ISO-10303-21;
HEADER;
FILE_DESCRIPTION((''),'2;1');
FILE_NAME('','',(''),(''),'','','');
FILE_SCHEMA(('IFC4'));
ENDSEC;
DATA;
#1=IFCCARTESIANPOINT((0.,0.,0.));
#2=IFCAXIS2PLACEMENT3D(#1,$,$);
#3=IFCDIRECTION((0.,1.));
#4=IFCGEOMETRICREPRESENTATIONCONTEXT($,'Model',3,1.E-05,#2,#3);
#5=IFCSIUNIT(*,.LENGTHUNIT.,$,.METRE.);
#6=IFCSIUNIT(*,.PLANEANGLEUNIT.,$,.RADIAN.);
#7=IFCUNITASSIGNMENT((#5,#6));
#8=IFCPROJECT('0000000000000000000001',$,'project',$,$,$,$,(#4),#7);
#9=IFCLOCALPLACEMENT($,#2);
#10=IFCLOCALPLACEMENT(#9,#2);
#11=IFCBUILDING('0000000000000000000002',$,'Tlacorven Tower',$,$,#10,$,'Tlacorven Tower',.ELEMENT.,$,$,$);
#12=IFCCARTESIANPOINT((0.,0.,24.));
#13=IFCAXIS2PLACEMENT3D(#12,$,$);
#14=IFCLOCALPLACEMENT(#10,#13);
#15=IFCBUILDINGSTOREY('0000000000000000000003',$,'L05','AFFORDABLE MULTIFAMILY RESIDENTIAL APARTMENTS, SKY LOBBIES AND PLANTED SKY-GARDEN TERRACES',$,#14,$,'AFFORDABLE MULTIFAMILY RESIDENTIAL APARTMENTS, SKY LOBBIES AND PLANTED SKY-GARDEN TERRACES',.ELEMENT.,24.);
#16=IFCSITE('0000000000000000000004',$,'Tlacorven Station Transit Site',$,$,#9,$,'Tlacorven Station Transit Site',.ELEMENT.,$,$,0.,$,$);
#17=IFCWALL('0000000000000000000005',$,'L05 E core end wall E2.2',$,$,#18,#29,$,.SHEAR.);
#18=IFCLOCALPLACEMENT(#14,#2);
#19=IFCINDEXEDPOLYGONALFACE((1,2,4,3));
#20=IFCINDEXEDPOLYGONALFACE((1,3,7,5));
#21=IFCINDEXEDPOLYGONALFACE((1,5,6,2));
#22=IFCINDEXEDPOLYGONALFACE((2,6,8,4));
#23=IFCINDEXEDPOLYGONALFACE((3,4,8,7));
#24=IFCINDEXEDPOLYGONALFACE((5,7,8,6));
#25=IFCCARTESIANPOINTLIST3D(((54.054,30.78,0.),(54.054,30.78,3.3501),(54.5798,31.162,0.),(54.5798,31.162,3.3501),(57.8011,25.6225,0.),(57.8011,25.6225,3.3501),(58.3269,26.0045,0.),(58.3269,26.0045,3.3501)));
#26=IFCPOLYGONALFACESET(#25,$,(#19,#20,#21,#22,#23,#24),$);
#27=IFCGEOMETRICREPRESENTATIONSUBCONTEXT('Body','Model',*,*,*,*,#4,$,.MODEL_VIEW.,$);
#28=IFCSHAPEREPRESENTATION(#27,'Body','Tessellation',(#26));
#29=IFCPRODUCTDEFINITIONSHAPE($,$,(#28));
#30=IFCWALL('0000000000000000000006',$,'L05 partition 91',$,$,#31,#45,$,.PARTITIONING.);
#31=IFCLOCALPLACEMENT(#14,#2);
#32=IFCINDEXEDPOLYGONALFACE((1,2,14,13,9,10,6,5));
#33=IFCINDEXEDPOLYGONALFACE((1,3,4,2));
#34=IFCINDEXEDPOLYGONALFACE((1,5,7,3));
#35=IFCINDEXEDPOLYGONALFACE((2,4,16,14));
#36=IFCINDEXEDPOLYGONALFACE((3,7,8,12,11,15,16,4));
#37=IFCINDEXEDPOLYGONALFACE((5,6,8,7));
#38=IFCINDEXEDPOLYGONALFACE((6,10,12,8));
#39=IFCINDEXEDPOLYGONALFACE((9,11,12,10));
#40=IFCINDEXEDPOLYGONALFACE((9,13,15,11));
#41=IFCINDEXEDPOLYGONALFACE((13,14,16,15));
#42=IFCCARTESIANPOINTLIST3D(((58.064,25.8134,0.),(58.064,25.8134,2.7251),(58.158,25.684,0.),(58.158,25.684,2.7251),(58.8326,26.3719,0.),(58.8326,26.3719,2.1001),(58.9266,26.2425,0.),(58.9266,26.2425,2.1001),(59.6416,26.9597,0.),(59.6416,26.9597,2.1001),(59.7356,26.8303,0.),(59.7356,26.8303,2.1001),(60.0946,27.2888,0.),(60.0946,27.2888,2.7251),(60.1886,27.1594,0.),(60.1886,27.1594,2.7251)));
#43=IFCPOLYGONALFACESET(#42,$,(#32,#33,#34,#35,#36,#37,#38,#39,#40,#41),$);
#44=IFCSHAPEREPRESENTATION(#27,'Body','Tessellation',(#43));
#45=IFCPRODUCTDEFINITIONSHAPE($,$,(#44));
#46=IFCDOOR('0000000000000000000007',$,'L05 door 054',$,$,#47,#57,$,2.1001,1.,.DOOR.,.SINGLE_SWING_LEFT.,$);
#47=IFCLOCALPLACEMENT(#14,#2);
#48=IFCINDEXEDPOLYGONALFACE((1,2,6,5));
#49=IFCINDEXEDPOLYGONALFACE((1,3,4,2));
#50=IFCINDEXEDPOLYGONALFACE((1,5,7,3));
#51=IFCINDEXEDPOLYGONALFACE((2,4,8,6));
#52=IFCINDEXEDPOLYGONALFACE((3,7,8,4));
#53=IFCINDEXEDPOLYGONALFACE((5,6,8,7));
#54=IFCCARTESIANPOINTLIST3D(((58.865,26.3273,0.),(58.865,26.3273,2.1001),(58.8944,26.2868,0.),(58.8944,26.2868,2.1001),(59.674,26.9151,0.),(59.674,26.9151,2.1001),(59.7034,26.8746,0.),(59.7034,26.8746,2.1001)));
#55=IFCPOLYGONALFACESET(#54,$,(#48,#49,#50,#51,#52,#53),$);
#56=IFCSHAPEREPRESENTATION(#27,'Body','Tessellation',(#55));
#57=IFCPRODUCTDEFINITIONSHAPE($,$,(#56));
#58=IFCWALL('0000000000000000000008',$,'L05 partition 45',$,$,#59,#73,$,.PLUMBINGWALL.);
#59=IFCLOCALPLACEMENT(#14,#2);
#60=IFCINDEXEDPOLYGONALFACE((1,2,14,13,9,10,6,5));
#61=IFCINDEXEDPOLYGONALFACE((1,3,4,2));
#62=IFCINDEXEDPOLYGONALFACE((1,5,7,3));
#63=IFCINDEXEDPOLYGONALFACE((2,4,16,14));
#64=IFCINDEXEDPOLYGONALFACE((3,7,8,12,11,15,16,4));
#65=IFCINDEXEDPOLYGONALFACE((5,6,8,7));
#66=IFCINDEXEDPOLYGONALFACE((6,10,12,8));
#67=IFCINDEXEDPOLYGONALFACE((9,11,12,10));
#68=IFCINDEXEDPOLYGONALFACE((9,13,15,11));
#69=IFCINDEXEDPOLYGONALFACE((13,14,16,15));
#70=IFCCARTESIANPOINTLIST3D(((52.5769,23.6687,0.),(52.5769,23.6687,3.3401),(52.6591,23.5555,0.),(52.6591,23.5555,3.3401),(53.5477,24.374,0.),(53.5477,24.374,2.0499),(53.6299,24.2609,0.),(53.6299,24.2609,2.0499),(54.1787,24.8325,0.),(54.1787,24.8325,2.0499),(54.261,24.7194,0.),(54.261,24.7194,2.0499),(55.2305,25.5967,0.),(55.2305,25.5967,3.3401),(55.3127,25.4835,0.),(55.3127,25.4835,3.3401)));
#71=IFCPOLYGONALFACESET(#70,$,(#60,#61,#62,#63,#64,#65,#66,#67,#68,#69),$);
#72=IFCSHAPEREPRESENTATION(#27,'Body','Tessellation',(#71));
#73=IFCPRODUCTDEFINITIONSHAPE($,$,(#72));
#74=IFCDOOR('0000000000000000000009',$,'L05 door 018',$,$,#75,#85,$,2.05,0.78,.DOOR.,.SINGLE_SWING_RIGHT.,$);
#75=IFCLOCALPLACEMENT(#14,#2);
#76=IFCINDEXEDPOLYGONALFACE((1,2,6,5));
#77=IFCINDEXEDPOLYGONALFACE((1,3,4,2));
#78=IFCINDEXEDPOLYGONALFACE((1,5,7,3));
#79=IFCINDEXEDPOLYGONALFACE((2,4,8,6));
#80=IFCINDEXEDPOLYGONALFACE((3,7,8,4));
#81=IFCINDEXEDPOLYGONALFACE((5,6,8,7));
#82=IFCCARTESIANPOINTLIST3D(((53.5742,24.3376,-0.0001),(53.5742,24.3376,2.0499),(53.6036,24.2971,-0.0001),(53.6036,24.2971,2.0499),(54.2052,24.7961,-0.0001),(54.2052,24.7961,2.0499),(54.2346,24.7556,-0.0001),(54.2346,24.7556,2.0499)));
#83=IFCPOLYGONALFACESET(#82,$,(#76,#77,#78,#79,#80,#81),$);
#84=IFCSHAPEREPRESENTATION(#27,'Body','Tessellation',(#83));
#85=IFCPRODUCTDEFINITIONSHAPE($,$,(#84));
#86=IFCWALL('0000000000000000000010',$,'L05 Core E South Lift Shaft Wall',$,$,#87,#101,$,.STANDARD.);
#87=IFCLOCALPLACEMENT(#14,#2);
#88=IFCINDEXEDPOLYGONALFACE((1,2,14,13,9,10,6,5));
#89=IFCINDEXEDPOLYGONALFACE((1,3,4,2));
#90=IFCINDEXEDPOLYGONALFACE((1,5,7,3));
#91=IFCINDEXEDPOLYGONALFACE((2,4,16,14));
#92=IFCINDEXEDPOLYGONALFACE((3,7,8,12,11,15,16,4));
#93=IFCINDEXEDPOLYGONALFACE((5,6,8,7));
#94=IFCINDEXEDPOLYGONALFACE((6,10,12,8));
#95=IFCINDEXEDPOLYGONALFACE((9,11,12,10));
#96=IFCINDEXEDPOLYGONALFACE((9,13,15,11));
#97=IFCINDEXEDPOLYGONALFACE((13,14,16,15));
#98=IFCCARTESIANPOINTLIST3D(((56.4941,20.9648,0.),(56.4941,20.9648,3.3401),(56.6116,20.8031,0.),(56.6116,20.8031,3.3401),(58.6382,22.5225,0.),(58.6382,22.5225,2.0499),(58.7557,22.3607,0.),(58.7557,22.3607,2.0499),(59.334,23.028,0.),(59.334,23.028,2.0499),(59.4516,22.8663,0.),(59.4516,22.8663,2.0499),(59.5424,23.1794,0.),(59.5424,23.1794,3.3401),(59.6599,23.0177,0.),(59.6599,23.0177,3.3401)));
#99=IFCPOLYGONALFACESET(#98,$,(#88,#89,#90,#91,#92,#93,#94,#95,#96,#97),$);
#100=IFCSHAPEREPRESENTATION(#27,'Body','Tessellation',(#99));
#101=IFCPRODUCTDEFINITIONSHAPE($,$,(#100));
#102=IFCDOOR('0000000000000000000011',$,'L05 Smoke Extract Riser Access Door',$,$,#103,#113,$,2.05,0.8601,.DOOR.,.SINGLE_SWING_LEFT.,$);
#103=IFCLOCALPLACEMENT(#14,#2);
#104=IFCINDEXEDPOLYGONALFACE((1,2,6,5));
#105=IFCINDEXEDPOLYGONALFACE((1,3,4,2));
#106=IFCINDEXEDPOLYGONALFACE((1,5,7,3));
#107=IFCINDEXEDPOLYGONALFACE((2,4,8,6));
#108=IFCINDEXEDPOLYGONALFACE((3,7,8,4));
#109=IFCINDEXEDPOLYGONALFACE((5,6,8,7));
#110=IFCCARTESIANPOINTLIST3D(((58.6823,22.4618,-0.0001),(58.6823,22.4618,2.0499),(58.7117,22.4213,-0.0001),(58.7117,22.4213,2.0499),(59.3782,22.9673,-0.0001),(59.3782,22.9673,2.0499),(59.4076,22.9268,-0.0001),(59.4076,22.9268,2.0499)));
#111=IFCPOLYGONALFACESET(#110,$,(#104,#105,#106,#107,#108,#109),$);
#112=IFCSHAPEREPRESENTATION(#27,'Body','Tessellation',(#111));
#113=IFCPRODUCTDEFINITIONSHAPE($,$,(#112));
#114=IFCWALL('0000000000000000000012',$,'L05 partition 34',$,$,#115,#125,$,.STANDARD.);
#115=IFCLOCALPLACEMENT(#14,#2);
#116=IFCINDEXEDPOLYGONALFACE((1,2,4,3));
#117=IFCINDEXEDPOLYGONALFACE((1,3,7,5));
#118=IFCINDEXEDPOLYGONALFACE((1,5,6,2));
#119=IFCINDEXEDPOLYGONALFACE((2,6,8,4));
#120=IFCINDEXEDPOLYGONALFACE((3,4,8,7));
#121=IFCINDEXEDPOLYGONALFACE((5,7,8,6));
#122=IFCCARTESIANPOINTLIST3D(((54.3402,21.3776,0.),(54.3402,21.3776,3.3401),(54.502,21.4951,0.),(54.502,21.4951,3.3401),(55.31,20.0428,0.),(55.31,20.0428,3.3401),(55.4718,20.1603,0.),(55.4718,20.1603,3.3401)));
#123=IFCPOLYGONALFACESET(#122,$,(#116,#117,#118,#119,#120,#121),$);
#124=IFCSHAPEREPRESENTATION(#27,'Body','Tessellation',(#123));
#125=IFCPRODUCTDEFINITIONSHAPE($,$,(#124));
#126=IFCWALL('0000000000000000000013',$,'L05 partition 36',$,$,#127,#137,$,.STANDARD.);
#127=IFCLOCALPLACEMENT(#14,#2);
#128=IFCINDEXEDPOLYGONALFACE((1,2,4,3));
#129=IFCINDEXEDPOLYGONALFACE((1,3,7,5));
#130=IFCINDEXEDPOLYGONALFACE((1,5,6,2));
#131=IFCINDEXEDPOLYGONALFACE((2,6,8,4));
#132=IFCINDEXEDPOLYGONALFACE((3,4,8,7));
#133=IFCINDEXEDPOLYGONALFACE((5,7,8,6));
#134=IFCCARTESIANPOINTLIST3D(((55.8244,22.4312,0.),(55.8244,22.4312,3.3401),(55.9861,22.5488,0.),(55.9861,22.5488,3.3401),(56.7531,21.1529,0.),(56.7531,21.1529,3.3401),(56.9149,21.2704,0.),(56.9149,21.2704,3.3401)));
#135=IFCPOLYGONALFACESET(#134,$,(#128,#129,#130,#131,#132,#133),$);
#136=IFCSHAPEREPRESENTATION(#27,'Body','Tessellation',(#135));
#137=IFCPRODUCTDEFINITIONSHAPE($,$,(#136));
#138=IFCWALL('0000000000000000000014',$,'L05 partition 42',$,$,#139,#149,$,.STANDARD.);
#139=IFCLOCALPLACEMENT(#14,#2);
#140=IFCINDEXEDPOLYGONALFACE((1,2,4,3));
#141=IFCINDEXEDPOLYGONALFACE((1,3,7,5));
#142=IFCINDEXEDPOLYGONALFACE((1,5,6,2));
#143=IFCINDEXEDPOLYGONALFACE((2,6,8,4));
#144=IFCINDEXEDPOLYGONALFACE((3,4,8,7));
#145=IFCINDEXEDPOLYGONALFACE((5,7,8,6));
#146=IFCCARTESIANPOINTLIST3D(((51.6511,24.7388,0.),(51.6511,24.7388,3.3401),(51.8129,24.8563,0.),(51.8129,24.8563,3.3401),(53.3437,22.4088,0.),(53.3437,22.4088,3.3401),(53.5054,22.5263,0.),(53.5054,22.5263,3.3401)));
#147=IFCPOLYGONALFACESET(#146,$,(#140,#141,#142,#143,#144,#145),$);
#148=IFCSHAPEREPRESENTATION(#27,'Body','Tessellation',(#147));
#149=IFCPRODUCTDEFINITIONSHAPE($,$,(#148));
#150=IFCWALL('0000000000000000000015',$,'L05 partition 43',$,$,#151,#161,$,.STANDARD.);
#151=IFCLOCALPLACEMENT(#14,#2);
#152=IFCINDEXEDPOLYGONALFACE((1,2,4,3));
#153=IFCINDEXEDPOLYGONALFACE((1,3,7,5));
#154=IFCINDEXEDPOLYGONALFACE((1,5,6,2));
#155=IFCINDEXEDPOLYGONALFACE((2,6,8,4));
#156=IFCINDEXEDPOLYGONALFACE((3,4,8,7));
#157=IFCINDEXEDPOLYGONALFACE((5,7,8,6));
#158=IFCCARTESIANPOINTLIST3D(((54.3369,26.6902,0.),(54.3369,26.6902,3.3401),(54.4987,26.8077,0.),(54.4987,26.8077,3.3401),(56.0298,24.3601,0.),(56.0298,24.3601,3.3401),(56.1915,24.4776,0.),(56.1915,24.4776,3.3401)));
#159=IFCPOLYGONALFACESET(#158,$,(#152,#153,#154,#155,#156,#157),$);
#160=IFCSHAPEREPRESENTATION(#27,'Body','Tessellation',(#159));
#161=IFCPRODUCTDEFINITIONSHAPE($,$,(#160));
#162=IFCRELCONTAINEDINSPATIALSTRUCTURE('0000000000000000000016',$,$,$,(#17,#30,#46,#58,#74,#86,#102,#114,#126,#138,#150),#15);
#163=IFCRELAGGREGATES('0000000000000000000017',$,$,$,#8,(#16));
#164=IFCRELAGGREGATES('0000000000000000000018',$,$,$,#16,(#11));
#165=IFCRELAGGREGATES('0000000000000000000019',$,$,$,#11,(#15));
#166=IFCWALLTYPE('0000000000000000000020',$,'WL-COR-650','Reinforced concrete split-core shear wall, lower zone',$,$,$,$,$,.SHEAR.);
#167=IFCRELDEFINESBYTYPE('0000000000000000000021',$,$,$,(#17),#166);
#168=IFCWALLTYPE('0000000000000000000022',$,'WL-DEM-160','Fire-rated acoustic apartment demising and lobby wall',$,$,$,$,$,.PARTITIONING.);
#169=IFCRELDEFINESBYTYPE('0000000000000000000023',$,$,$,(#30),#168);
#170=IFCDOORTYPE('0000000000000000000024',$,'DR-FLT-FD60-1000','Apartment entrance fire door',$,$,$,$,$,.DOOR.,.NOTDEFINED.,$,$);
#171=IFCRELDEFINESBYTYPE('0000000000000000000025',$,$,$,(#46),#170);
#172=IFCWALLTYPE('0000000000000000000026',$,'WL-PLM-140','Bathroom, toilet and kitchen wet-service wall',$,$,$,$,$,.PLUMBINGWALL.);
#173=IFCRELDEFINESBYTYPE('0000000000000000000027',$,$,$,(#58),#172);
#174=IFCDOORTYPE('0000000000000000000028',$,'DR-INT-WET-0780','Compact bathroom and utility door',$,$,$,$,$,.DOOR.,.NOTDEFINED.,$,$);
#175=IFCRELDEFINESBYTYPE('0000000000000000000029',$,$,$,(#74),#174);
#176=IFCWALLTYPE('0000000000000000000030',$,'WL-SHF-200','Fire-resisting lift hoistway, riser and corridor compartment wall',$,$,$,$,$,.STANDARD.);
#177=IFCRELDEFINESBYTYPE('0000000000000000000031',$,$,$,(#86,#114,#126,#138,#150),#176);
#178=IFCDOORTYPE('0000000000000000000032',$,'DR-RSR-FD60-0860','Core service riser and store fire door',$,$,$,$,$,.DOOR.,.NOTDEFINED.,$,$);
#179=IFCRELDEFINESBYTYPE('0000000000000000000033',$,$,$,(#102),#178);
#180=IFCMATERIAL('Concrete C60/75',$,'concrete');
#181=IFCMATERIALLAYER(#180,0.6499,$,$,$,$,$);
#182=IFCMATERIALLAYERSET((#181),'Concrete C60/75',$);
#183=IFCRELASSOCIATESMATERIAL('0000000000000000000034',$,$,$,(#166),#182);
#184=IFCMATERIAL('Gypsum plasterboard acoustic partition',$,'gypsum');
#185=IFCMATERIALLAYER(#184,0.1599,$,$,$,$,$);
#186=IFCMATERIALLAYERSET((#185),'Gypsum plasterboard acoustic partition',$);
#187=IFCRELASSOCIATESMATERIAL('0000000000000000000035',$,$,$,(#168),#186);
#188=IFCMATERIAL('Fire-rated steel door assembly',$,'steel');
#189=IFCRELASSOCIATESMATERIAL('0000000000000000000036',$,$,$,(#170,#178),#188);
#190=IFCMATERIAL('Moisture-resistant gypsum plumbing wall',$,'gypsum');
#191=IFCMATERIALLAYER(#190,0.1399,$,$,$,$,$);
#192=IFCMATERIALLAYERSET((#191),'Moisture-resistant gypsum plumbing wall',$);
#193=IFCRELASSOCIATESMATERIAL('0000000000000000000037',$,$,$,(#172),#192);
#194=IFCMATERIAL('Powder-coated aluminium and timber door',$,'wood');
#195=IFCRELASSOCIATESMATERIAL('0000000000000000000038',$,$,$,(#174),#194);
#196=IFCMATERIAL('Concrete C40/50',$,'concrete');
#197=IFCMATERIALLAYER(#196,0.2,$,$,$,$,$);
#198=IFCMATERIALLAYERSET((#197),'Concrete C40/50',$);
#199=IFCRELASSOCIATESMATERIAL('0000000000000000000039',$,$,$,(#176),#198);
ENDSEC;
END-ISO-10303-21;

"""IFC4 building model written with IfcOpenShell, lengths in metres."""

from ifc_helpers import new_model, si_unit, direction, frame, frame_2d, origin, place, context, subcontext, project, spatial, rectangle, extrude, source, transform, mapped, material, layer, layer_set, type_object, element, fill, save


model = new_model("IFC4")

# Units and contexts
model_context = context("Model", 3, precision=1e-05, world=origin(), true_north=direction((0.0, 1.0)))
body_context = subcontext(model_context, "Body", "Model", "MODEL_VIEW")
ifc_project = project(units=[si_unit("LENGTHUNIT", "METRE"), si_unit("PLANEANGLEUNIT", "RADIAN")], contexts=[model_context])

# Site, building, storey
site_placement = place(None, origin())
site = spatial("IfcSite", under=ifc_project, at=site_placement, Name="Tlacorven Station Transit Site", LongName="Tlacorven Station Transit Site", CompositionType="ELEMENT", RefElevation=0.0)
building_placement = place(site_placement, origin())
building = spatial("IfcBuilding", under=site, at=building_placement, Name="Tlacorven Tower", LongName="Tlacorven Tower", CompositionType="ELEMENT")
storey_placement = place(building_placement, frame((0.0, 0.0, 24.0)))
storey = spatial("IfcBuildingStorey", under=building, at=storey_placement, Name="L05", Description="AFFORDABLE MULTIFAMILY RESIDENTIAL APARTMENTS, SKY LOBBIES AND PLANTED SKY-GARDEN TERRACES", LongName="AFFORDABLE MULTIFAMILY RESIDENTIAL APARTMENTS, SKY LOBBIES AND PLANTED SKY-GARDEN TERRACES", CompositionType="ELEMENT", Elevation=24.0)

# Wall
ifc_material_1 = material(Name="Concrete C60/75", Category="concrete")
ifc_layer_1 = layer(ifc_material_1, 0.6499)
ifc_layer_set_1 = layer_set([ifc_layer_1], Name="Concrete C60/75")
wall_type_1 = type_object("IfcWallType", Name="WL-COR-650", Description="Reinforced concrete split-core shear wall, lower zone", PredefinedType="SHEAR", material=ifc_layer_set_1)
wall_1_placement = place(storey_placement, frame((58.064, 25.8135, 0.0), z_axis=(0.0, 0.0, 1.0), x_axis=(-0.58778, 0.809021, 0.0)))
element("IfcWall", 1, at=wall_1_placement, inside=storey, type_object=wall_type_1, Name="L05 E core end wall E2.2", PredefinedType="SHEAR", context=body_context, shape_type="SweptSolid", body=[
    extrude(rectangle(XDim=6.375, YDim=0.6499, at=frame_2d((3.1875, 0.0))), origin(), (0.0, 0.0, 1.0), 3.3501),
])

# Walls, openings, doors
ifc_material_2 = material(Name="Gypsum plasterboard acoustic partition", Category="gypsum")
ifc_layer_2 = layer(ifc_material_2, 0.1599)
ifc_layer_set_2 = layer_set([ifc_layer_2], Name="Gypsum plasterboard acoustic partition")
wall_type_2 = type_object("IfcWallType", Name="WL-DEM-160", Description="Fire-rated acoustic apartment demising and lobby wall", PredefinedType="PARTITIONING", material=ifc_layer_set_2)
wall_2_placement = place(storey_placement, frame((58.1111, 25.7488, 0.0), z_axis=(0.0, 0.0, 1.0), x_axis=(0.809001, 0.587807, 0.0)))
wall_2 = element("IfcWall", 2, at=wall_2_placement, inside=storey, type_object=wall_type_2, Name="L05 partition 91", PredefinedType="PARTITIONING", context=body_context, shape_type="SweptSolid", body=[
    extrude(rectangle(XDim=2.51, YDim=0.1599, at=frame_2d((1.2549, 0.0))), origin(), (0.0, 0.0, 1.0), 2.7251),
])
opening_1_placement = place(wall_2_placement, frame((0.95, 0.0, 0.0)))
opening_1 = element("IfcOpeningElement", 3, at=opening_1_placement, cuts=wall_2, PredefinedType="OPENING", context=body_context, shape_type="SweptSolid", body=[
    extrude(rectangle(XDim=1.0, YDim=2.1001, at=frame_2d((0.5, 1.05))), frame((0.0, 0.0898, 0.0), z_axis=(0.0, -1.0, 0.0), x_axis=(1.0, 0.0, 0.0)), (0.0, 0.0, 1.0), 0.1799),
])
ifc_material_3 = material(Name="Fire-rated steel door assembly", Category="steel")
door_type_1 = type_object("IfcDoorType", Name="DR-FLT-FD60-1000", Description="Apartment entrance fire door", OperationType="NOTDEFINED", PredefinedType="DOOR", material=ifc_material_3)
shared_shape_1 = source(origin(), body_context, "Body", "SweptSolid", [
    extrude(rectangle(XDim=1.0, YDim=2.1001, at=frame_2d((0.5, 1.05))), frame((0.0, 0.0249, 0.0), z_axis=(0.0, -1.0, 0.0), x_axis=(1.0, 0.0, 0.0)), (0.0, 0.0, 1.0), 0.05),
])
door_1_placement = place(opening_1_placement, origin())
door_1 = element("IfcDoor", 4, at=door_1_placement, inside=storey, type_object=door_type_1, Name="L05 door 054", OperationType="SINGLE_SWING_LEFT", OverallHeight=2.1001, OverallWidth=1.0, PredefinedType="DOOR", context=body_context, shape_type="MappedRepresentation", body=[
    mapped(shared_shape_1, transform((0.0, 0.0, 0.0), scale=1.0)),
])
fill(opening_1, door_1)
ifc_material_4 = material(Name="Moisture-resistant gypsum plumbing wall", Category="gypsum")
ifc_layer_3 = layer(ifc_material_4, 0.1399)
ifc_layer_set_3 = layer_set([ifc_layer_3], Name="Moisture-resistant gypsum plumbing wall")
wall_type_3 = type_object("IfcWallType", Name="WL-PLM-140", Description="Bathroom, toilet and kitchen wet-service wall", PredefinedType="PLUMBINGWALL", material=ifc_layer_set_3)
wall_3_placement = place(storey_placement, frame((52.6179, 23.6121, 0.0), z_axis=(0.0, 0.0, 1.0), x_axis=(0.80901, 0.587795, 0.0)))
wall_3 = element("IfcWall", 5, at=wall_3_placement, inside=storey, type_object=wall_type_3, Name="L05 partition 45", PredefinedType="PLUMBINGWALL", context=body_context, shape_type="SweptSolid", body=[
    extrude(rectangle(XDim=3.28, YDim=0.1399, at=frame_2d((1.6401, 0.0))), origin(), (0.0, 0.0, 1.0), 3.3401),
])
opening_2_placement = place(wall_3_placement, frame((1.2, 0.0, 0.0)))
opening_2 = element("IfcOpeningElement", 6, at=opening_2_placement, cuts=wall_3, PredefinedType="OPENING", context=body_context, shape_type="SweptSolid", body=[
    extrude(rectangle(XDim=0.78, YDim=2.05, at=frame_2d((0.3901, 1.0249))), frame((0.0, 0.0801, 0.0), z_axis=(0.0, -1.0, 0.0), x_axis=(1.0, 0.0, 0.0)), (0.0, 0.0, 1.0), 0.1599),
])
ifc_material_5 = material(Name="Powder-coated aluminium and timber door", Category="wood")
door_type_2 = type_object("IfcDoorType", Name="DR-INT-WET-0780", Description="Compact bathroom and utility door", OperationType="NOTDEFINED", PredefinedType="DOOR", material=ifc_material_5)
shared_shape_2 = source(origin(), body_context, "Body", "SweptSolid", [
    extrude(rectangle(XDim=0.78, YDim=2.05, at=frame_2d((0.3901, 1.0249))), frame((0.0, 0.0249, 0.0), z_axis=(0.0, -1.0, 0.0), x_axis=(1.0, 0.0, 0.0)), (0.0, 0.0, 1.0), 0.05),
])
door_2_placement = place(opening_2_placement, origin())
door_2 = element("IfcDoor", 7, at=door_2_placement, inside=storey, type_object=door_type_2, Name="L05 door 018", OperationType="SINGLE_SWING_RIGHT", OverallHeight=2.05, OverallWidth=0.78, PredefinedType="DOOR", context=body_context, shape_type="MappedRepresentation", body=[
    mapped(shared_shape_2, transform((0.0, 0.0, 0.0), scale=1.0)),
])
fill(opening_2, door_2)
ifc_material_6 = material(Name="Concrete C40/50", Category="concrete")
ifc_layer_4 = layer(ifc_material_6, 0.2)
ifc_layer_set_4 = layer_set([ifc_layer_4], Name="Concrete C40/50")
wall_type_4 = type_object("IfcWallType", Name="WL-SHF-200", Description="Fire-resisting lift hoistway, riser and corridor compartment wall", PredefinedType="STANDARD", material=ifc_layer_set_4)
wall_4_placement = place(storey_placement, frame((56.553, 20.884, 0.0), z_axis=(0.0, 0.0, 1.0), x_axis=(0.809036, 0.587759, 0.0)))
wall_4 = element("IfcWall", 8, at=wall_4_placement, inside=storey, type_object=wall_type_4, Name="L05 Core E South Lift Shaft Wall", PredefinedType="STANDARD", context=body_context, shape_type="SweptSolid", body=[
    extrude(rectangle(XDim=3.7678, YDim=0.2, at=frame_2d((1.8838, 0.0))), origin(), (0.0, 0.0, 1.0), 3.3401),
])
opening_3_placement = place(wall_4_placement, frame((2.6499, 0.0, 0.0)))
opening_3 = element("IfcOpeningElement", 9, at=opening_3_placement, cuts=wall_4, PredefinedType="OPENING", context=body_context, shape_type="SweptSolid", body=[
    extrude(rectangle(XDim=0.8601, YDim=2.05, at=frame_2d((0.4302, 1.0249))), frame((0.0, 0.1099, 0.0), z_axis=(0.0, -1.0, 0.0), x_axis=(1.0, 0.0, 0.0)), (0.0, 0.0, 1.0), 0.22),
])
door_type_3 = type_object("IfcDoorType", Name="DR-RSR-FD60-0860", Description="Core service riser and store fire door", OperationType="NOTDEFINED", PredefinedType="DOOR", material=ifc_material_3)
shared_shape_3 = source(origin(), body_context, "Body", "SweptSolid", [
    extrude(rectangle(XDim=0.8601, YDim=2.05, at=frame_2d((0.4302, 1.0249))), frame((0.0, 0.0249, 0.0), z_axis=(0.0, -1.0, 0.0), x_axis=(1.0, 0.0, 0.0)), (0.0, 0.0, 1.0), 0.05),
])
door_3_placement = place(opening_3_placement, origin())
door_3 = element("IfcDoor", 10, at=door_3_placement, inside=storey, type_object=door_type_3, Name="L05 Smoke Extract Riser Access Door", OperationType="SINGLE_SWING_LEFT", OverallHeight=2.05, OverallWidth=0.8601, PredefinedType="DOOR", context=body_context, shape_type="MappedRepresentation", body=[
    mapped(shared_shape_3, transform((0.0, 0.0, 0.0), scale=1.0)),
])
fill(opening_3, door_3)

# Walls
wall_5_placement = place(storey_placement, frame((55.3909, 20.1016, 0.0), z_axis=(0.0, 0.0, 1.0), x_axis=(-0.587784, 0.809018, 0.0)))
element("IfcWall", 11, at=wall_5_placement, inside=storey, type_object=wall_type_4, Name="L05 partition 34", PredefinedType="STANDARD", context=body_context, shape_type="SweptSolid", body=[
    extrude(rectangle(XDim=1.6499, YDim=0.2, at=frame_2d((0.825, 0.0))), origin(), (0.0, 0.0, 1.0), 3.3401),
])
wall_6_placement = place(storey_placement, frame((56.834, 21.2117, 0.0), z_axis=(0.0, 0.0, 1.0), x_axis=(-0.587767, 0.80903, 0.0)))
element("IfcWall", 12, at=wall_6_placement, inside=storey, type_object=wall_type_4, Name="L05 partition 36", PredefinedType="STANDARD", context=body_context, shape_type="SweptSolid", body=[
    extrude(rectangle(XDim=1.5801, YDim=0.2, at=frame_2d((0.79, 0.0))), origin(), (0.0, 0.0, 1.0), 3.3401),
])
wall_7_placement = place(storey_placement, frame((53.4246, 22.4675, 0.0), z_axis=(0.0, 0.0, 1.0), x_axis=(-0.587723, 0.809062, 0.0)))
element("IfcWall", 13, at=wall_7_placement, inside=storey, type_object=wall_type_4, Name="L05 partition 42", PredefinedType="STANDARD", context=body_context, shape_type="SweptSolid", body=[
    extrude(rectangle(XDim=2.8799, YDim=0.2, at=frame_2d((1.4399, 0.0))), origin(), (0.0, 0.0, 1.0), 3.3401),
])
wall_8_placement = place(storey_placement, frame((56.1106, 24.4189, 0.0), z_axis=(0.0, 0.0, 1.0), x_axis=(-0.587778, 0.809022, 0.0)))
element("IfcWall", 14, at=wall_8_placement, inside=storey, type_object=wall_type_4, Name="L05 partition 43", PredefinedType="STANDARD", context=body_context, shape_type="SweptSolid", body=[
    extrude(rectangle(XDim=2.8801, YDim=0.2, at=frame_2d((1.4399, 0.0))), origin(), (0.0, 0.0, 1.0), 3.3401),
])

save(model, "model.ifc")
